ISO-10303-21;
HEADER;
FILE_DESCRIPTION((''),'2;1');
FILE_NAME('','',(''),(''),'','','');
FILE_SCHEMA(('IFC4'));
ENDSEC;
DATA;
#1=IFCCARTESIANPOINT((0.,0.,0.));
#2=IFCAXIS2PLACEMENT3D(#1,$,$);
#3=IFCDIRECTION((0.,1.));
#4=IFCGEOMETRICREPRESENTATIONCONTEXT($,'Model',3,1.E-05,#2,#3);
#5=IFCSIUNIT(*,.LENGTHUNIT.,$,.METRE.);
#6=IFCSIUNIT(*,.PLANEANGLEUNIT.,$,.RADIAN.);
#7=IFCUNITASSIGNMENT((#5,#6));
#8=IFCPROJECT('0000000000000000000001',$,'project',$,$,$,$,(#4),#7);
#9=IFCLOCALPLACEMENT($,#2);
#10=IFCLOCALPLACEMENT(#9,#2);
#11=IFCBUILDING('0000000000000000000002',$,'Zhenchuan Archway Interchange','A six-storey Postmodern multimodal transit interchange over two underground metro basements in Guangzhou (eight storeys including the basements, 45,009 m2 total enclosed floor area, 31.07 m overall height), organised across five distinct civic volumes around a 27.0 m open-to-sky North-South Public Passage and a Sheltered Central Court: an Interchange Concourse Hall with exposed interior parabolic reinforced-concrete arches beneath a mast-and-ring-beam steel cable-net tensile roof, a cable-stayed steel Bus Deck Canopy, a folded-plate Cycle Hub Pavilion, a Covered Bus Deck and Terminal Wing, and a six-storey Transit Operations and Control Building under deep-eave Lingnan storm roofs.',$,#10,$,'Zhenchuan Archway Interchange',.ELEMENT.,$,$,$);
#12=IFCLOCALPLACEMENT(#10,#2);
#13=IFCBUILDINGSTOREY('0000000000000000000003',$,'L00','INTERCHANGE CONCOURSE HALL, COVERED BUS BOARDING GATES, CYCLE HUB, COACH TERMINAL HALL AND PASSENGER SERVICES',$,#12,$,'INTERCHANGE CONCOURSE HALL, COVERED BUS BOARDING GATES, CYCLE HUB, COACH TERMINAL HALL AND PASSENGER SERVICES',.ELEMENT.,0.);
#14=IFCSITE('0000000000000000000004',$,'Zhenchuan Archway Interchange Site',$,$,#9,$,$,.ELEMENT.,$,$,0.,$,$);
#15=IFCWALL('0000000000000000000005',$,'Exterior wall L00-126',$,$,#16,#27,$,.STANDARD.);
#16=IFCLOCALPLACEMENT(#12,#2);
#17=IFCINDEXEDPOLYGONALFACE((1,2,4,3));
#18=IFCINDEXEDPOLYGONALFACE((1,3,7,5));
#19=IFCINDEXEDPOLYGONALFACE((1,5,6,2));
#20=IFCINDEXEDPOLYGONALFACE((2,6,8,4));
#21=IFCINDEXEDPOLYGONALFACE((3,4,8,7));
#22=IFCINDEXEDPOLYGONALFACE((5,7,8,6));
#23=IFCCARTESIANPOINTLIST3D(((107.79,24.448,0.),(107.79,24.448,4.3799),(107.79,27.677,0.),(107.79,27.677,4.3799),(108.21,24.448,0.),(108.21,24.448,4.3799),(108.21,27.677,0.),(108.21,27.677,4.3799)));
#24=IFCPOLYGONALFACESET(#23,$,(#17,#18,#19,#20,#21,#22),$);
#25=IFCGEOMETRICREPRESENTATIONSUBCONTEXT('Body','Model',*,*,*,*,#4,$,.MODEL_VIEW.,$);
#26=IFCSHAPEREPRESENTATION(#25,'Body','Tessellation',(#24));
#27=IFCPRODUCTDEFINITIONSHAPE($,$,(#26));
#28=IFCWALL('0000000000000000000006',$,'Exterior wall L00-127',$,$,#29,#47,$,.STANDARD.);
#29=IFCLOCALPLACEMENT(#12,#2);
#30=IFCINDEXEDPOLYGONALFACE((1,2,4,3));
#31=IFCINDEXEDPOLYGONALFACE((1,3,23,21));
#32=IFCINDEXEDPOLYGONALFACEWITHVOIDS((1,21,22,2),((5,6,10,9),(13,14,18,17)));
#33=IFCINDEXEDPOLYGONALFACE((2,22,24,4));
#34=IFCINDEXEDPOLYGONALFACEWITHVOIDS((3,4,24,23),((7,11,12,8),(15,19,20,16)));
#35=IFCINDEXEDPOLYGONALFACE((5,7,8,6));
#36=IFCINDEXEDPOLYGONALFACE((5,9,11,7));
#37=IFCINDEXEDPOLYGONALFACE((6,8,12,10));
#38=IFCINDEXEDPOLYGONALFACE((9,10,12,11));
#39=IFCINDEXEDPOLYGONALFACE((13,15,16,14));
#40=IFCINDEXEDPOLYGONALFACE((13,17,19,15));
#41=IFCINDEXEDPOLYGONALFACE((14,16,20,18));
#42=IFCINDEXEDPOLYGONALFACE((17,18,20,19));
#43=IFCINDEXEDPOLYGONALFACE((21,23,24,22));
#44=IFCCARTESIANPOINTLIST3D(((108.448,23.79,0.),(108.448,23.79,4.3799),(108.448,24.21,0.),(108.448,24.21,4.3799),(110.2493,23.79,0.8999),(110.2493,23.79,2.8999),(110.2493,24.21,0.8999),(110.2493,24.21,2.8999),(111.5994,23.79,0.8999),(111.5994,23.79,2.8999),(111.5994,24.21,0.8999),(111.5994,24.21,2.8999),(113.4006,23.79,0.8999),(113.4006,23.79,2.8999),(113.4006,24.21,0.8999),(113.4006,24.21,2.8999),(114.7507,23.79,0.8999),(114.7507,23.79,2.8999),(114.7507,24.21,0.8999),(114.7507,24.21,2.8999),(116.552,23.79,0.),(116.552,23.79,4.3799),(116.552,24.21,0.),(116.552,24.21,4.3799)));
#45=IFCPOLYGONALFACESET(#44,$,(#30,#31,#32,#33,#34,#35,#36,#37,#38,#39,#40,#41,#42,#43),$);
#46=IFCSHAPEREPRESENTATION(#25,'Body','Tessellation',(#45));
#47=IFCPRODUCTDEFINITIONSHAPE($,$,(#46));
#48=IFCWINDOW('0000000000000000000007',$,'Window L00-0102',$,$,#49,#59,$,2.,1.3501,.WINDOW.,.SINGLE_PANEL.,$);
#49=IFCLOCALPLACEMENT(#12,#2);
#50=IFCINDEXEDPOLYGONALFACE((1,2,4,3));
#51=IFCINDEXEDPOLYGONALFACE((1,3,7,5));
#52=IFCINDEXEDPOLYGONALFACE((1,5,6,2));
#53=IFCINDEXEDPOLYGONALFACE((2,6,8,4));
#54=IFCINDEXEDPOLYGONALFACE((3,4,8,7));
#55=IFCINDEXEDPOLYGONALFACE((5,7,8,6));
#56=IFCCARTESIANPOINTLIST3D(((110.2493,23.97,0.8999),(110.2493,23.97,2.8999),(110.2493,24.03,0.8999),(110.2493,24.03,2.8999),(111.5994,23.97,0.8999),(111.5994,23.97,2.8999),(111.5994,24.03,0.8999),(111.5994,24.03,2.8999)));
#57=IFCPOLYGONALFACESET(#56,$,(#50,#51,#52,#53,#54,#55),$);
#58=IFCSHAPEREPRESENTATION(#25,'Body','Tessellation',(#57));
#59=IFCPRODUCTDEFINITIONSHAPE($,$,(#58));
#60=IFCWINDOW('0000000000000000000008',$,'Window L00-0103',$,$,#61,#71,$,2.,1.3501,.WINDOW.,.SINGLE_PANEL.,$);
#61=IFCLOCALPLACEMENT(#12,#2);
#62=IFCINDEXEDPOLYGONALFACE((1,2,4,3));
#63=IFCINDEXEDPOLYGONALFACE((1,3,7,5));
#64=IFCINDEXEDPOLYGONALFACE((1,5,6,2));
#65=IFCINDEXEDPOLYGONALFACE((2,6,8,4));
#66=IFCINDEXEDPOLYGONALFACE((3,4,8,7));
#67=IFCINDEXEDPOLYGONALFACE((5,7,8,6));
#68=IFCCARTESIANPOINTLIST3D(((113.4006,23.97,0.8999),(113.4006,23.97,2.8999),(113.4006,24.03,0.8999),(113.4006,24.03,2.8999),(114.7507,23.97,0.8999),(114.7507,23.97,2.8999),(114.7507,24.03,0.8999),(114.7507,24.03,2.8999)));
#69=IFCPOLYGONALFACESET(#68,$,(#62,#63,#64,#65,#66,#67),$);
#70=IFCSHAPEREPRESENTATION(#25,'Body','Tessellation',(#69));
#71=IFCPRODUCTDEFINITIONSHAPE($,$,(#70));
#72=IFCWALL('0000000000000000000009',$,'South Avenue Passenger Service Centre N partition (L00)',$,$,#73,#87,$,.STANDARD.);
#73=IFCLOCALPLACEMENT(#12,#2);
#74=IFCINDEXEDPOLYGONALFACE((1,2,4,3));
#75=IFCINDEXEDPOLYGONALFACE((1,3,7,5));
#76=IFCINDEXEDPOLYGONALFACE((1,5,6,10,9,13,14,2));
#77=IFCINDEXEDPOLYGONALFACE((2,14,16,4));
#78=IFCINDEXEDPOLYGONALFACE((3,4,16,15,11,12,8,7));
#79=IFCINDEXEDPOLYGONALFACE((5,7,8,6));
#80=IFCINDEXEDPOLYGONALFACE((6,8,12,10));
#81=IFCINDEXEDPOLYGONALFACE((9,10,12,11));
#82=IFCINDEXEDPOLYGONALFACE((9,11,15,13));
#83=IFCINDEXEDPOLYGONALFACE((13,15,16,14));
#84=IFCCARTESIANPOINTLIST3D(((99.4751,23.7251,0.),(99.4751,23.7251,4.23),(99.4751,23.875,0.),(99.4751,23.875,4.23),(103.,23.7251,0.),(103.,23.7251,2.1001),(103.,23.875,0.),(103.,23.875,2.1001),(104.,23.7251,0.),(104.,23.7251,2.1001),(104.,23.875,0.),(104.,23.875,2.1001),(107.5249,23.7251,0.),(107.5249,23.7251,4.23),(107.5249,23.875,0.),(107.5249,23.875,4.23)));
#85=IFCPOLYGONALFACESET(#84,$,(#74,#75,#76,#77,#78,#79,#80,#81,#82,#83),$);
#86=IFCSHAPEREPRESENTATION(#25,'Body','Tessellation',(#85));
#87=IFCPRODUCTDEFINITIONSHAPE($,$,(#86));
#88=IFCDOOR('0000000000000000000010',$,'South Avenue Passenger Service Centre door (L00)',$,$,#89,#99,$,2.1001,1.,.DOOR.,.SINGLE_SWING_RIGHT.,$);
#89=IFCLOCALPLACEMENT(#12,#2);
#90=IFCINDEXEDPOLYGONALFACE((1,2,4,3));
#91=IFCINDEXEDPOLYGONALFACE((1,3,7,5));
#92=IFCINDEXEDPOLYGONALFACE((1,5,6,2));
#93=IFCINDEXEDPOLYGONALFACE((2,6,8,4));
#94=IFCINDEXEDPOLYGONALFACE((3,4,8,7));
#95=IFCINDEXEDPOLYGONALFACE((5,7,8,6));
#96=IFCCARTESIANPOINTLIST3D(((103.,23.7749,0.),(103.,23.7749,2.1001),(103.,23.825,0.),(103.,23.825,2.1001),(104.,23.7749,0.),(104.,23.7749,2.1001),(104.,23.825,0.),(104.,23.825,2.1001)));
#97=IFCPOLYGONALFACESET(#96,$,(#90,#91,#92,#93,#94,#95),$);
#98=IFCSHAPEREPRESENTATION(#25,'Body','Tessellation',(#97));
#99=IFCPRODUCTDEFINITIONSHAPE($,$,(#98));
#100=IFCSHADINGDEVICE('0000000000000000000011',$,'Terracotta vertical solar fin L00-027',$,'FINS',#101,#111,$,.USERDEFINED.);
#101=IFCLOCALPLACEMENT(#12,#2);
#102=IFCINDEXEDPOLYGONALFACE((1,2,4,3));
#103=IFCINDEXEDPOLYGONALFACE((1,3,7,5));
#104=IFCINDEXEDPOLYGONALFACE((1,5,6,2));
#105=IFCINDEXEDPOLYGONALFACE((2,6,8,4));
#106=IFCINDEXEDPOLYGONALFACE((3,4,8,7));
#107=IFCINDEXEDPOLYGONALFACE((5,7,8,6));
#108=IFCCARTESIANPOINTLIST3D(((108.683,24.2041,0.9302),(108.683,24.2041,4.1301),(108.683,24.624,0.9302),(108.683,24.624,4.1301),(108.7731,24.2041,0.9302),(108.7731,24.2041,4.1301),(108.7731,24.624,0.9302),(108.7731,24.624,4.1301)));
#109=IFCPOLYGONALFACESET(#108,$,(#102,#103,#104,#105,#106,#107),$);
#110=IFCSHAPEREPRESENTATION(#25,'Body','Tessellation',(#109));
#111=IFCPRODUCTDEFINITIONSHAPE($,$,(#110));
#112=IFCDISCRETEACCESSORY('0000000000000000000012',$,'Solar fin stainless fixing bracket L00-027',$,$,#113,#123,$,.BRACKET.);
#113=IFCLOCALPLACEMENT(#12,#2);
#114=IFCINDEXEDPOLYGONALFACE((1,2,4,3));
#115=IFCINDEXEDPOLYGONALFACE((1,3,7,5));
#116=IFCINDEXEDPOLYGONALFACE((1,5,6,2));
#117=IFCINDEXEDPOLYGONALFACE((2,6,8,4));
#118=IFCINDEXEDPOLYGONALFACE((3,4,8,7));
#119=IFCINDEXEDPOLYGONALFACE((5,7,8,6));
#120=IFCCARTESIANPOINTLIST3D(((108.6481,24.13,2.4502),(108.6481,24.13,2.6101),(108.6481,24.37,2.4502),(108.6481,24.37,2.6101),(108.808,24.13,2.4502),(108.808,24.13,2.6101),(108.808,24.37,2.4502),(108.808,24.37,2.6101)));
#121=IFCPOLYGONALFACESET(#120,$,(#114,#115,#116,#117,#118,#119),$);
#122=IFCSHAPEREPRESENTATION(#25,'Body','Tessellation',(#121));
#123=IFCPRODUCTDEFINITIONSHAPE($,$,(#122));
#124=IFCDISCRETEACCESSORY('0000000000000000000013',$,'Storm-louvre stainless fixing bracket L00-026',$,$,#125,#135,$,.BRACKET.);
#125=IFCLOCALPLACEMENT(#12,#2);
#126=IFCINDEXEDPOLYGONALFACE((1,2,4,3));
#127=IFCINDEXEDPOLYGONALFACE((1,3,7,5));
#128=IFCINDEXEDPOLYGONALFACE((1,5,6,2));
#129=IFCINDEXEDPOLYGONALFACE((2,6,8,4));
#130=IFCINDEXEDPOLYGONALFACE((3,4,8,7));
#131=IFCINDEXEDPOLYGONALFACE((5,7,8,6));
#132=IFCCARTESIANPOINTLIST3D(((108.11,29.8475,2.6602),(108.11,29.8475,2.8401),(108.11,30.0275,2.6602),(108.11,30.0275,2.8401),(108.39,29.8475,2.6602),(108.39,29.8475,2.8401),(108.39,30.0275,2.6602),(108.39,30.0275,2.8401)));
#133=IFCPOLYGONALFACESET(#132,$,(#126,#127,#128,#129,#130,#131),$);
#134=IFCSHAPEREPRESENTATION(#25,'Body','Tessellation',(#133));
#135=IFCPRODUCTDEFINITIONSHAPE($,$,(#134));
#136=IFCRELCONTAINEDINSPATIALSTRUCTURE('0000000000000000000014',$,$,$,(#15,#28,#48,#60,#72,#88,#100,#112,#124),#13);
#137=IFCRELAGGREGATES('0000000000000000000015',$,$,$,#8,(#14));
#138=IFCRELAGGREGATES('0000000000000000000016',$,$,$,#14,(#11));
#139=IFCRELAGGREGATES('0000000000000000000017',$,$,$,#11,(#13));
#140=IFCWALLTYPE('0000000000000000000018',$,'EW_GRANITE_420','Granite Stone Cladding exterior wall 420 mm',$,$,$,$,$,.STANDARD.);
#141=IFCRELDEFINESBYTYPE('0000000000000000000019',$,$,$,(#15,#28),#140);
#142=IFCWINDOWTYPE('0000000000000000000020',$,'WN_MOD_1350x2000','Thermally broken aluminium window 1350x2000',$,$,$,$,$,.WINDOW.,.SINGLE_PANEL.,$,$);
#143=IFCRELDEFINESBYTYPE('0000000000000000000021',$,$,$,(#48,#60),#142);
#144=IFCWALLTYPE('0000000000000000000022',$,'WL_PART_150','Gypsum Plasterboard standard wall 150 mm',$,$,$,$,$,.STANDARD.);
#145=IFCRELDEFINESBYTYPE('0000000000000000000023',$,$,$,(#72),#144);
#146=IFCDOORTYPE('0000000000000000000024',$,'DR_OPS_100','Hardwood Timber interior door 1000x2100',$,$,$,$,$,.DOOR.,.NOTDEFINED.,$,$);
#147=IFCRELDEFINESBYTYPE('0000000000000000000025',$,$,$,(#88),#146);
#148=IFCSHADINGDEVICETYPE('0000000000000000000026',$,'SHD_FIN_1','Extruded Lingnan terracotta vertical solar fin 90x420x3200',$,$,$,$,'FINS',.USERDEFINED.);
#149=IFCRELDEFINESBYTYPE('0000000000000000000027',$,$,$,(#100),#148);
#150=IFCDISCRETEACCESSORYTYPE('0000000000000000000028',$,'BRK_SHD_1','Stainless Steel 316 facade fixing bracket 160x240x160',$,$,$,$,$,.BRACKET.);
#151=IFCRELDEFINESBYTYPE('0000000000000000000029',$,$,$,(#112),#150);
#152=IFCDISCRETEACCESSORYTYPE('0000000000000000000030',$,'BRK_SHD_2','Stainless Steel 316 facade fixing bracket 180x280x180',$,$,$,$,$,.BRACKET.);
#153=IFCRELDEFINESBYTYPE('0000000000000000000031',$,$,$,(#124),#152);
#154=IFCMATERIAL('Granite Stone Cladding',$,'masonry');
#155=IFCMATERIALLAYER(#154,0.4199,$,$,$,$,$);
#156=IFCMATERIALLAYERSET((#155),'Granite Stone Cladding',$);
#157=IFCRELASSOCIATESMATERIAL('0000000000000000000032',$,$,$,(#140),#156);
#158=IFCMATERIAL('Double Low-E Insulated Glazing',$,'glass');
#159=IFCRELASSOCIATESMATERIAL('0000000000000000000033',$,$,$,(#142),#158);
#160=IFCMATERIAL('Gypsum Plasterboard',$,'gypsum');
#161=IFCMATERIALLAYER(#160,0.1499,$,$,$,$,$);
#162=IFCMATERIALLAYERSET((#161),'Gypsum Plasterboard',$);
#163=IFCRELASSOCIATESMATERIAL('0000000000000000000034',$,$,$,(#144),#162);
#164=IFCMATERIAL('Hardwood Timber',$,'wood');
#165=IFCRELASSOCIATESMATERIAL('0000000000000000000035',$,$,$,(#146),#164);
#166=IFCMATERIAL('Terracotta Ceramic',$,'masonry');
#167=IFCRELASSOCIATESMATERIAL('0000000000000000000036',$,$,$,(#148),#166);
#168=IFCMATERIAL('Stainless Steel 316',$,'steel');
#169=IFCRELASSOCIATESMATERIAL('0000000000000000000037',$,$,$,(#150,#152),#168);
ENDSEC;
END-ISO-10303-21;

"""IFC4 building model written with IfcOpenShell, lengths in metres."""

from ifc_helpers import new_model, si_unit, direction, frame, frame_2d, origin, origin_2d, place, context, subcontext, project, spatial, rectangle, extrude, material, layer, layer_set, type_object, element, fill, save


model = new_model("IFC4")

# Units and contexts
model_context = context("Model", 3, precision=1e-05, world=origin(), true_north=direction((0.0, 1.0)))
body_context = subcontext(model_context, "Body", "Model", "MODEL_VIEW")
ifc_project = project(units=[si_unit("LENGTHUNIT", "METRE"), si_unit("PLANEANGLEUNIT", "RADIAN")], contexts=[model_context])

# Site, building, storey
site_placement = place(None, origin())
site = spatial("IfcSite", under=ifc_project, at=site_placement, Name="Zhenchuan Archway Interchange Site", CompositionType="ELEMENT", RefElevation=0.0)
building_placement = place(site_placement, origin())
building = spatial("IfcBuilding", under=site, at=building_placement, Name="Zhenchuan Archway Interchange", Description="A six-storey Postmodern multimodal transit interchange over two underground metro basements in Guangzhou (eight storeys including the basements, 45,009 m2 total enclosed floor area, 31.07 m overall height), organised across five distinct civic volumes around a 27.0 m open-to-sky North-South Public Passage and a Sheltered Central Court: an Interchange Concourse Hall with exposed interior parabolic reinforced-concrete arches beneath a mast-and-ring-beam steel cable-net tensile roof, a cable-stayed steel Bus Deck Canopy, a folded-plate Cycle Hub Pavilion, a Covered Bus Deck and Terminal Wing, and a six-storey Transit Operations and Control Building under deep-eave Lingnan storm roofs.", LongName="Zhenchuan Archway Interchange", CompositionType="ELEMENT")
storey_placement = place(building_placement, origin())
storey = spatial("IfcBuildingStorey", under=building, at=storey_placement, Name="L00", Description="INTERCHANGE CONCOURSE HALL, COVERED BUS BOARDING GATES, CYCLE HUB, COACH TERMINAL HALL AND PASSENGER SERVICES", LongName="INTERCHANGE CONCOURSE HALL, COVERED BUS BOARDING GATES, CYCLE HUB, COACH TERMINAL HALL AND PASSENGER SERVICES", CompositionType="ELEMENT", Elevation=0.0)

# Wall
ifc_material_1 = material(Name="Granite Stone Cladding", Category="masonry")
ifc_layer_1 = layer(ifc_material_1, 0.4199)
ifc_layer_set_1 = layer_set([ifc_layer_1], Name="Granite Stone Cladding")
wall_type_1 = type_object("IfcWallType", Name="EW_GRANITE_420", Description="Granite Stone Cladding exterior wall 420 mm", PredefinedType="STANDARD", material=ifc_layer_set_1)
wall_1_placement = place(storey_placement, frame((108.0, 27.677, 0.0), z_axis=(0.0, 0.0, 1.0), x_axis=(0.0, -1.0, 0.0)))
element("IfcWall", 1, at=wall_1_placement, inside=storey, type_object=wall_type_1, Name="Exterior wall L00-126", PredefinedType="STANDARD", context=body_context, shape_type="SweptSolid", body=[
    extrude(rectangle(XDim=3.229, YDim=0.4199, at=frame_2d((1.6145, 0.0))), origin(), (0.0, 0.0, 1.0), 4.3799),
])

# Wall, openings, windows
wall_2_placement = place(storey_placement, frame((108.448, 24.0, 0.0), z_axis=(0.0, 0.0, 1.0), x_axis=(1.0, 0.0, 0.0)))
wall_2 = element("IfcWall", 2, at=wall_2_placement, inside=storey, type_object=wall_type_1, Name="Exterior wall L00-127", PredefinedType="STANDARD", context=body_context, shape_type="SweptSolid", body=[
    extrude(rectangle(XDim=8.104, YDim=0.4199, at=frame_2d((4.052, 0.0))), origin(), (0.0, 0.0, 1.0), 4.3799),
])
opening_1_placement = place(wall_2_placement, frame((1.8013, 0.0, 0.8999)))
opening_1 = element("IfcOpeningElement", 3, at=opening_1_placement, cuts=wall_2, PredefinedType="OPENING", context=body_context, shape_type="SweptSolid", body=[
    extrude(rectangle(XDim=1.3501, YDim=2.0, at=frame_2d((0.675, 1.0))), frame((0.0, 0.2219, 0.0), z_axis=(0.0, -1.0, 0.0), x_axis=(1.0, 0.0, 0.0)), (0.0, 0.0, 1.0), 0.4438),
])
opening_2_placement = place(wall_2_placement, frame((4.9526, 0.0, 0.8999)))
opening_2 = element("IfcOpeningElement", 4, at=opening_2_placement, cuts=wall_2, PredefinedType="OPENING", context=body_context, shape_type="SweptSolid", body=[
    extrude(rectangle(XDim=1.3501, YDim=2.0, at=frame_2d((0.675, 1.0))), frame((0.0, 0.2219, 0.0), z_axis=(0.0, -1.0, 0.0), x_axis=(1.0, 0.0, 0.0)), (0.0, 0.0, 1.0), 0.4438),
])
ifc_material_2 = material(Name="Double Low-E Insulated Glazing", Category="glass")
window_type = type_object("IfcWindowType", Name="WN_MOD_1350x2000", Description="Thermally broken aluminium window 1350x2000", PartitioningType="SINGLE_PANEL", PredefinedType="WINDOW", material=ifc_material_2)
window_1_placement = place(opening_1_placement, origin())
window_1 = element("IfcWindow", 5, at=window_1_placement, inside=storey, type_object=window_type, Name="Window L00-0102", OverallHeight=2.0, OverallWidth=1.3501, PartitioningType="SINGLE_PANEL", PredefinedType="WINDOW", context=body_context, shape_type="SweptSolid", body=[
    extrude(rectangle(XDim=1.3501, YDim=2.0, at=frame_2d((0.675, 1.0))), frame((0.0, 0.03, 0.0), z_axis=(0.0, -1.0, 0.0), x_axis=(1.0, 0.0, 0.0)), (0.0, 0.0, 1.0), 0.0601),
])
fill(opening_1, window_1)
window_2_placement = place(opening_2_placement, origin())
window_2 = element("IfcWindow", 6, at=window_2_placement, inside=storey, type_object=window_type, Name="Window L00-0103", OverallHeight=2.0, OverallWidth=1.3501, PartitioningType="SINGLE_PANEL", PredefinedType="WINDOW", context=body_context, shape_type="SweptSolid", body=[
    extrude(rectangle(XDim=1.3501, YDim=2.0, at=frame_2d((0.675, 1.0))), frame((0.0, 0.03, 0.0), z_axis=(0.0, -1.0, 0.0), x_axis=(1.0, 0.0, 0.0)), (0.0, 0.0, 1.0), 0.0601),
])
fill(opening_2, window_2)

# Wall, opening, door
ifc_material_3 = material(Name="Gypsum Plasterboard", Category="gypsum")
ifc_layer_2 = layer(ifc_material_3, 0.1499)
ifc_layer_set_2 = layer_set([ifc_layer_2], Name="Gypsum Plasterboard")
wall_type_2 = type_object("IfcWallType", Name="WL_PART_150", Description="Gypsum Plasterboard standard wall 150 mm", PredefinedType="STANDARD", material=ifc_layer_set_2)
wall_3_placement = place(storey_placement, frame((99.4751, 23.8, 0.0), z_axis=(0.0, 0.0, 1.0), x_axis=(1.0, 0.0, 0.0)))
wall_3 = element("IfcWall", 7, at=wall_3_placement, inside=storey, type_object=wall_type_2, Name="South Avenue Passenger Service Centre N partition (L00)", PredefinedType="STANDARD", context=body_context, shape_type="SweptSolid", body=[
    extrude(rectangle(XDim=8.0498, YDim=0.1499, at=frame_2d((4.0249, 0.0))), origin(), (0.0, 0.0, 1.0), 4.23),
])
opening_3_placement = place(wall_3_placement, frame((3.5249, 0.0, 0.0)))
opening_3 = element("IfcOpeningElement", 8, at=opening_3_placement, cuts=wall_3, PredefinedType="OPENING", context=body_context, shape_type="SweptSolid", body=[
    extrude(rectangle(XDim=1.0, YDim=2.1001, at=frame_2d((0.5, 1.05))), frame((0.0, 0.0869, 0.0), z_axis=(0.0, -1.0, 0.0), x_axis=(1.0, 0.0, 0.0)), (0.0, 0.0, 1.0), 0.1738),
])
ifc_material_4 = material(Name="Hardwood Timber", Category="wood")
door_type = type_object("IfcDoorType", Name="DR_OPS_100", Description="Hardwood Timber interior door 1000x2100", OperationType="NOTDEFINED", PredefinedType="DOOR", material=ifc_material_4)
door_placement = place(opening_3_placement, origin())
door = element("IfcDoor", 9, at=door_placement, inside=storey, type_object=door_type, Name="South Avenue Passenger Service Centre door (L00)", OperationType="SINGLE_SWING_RIGHT", OverallHeight=2.1001, OverallWidth=1.0, PredefinedType="DOOR", context=body_context, shape_type="SweptSolid", body=[
    extrude(rectangle(XDim=1.0, YDim=2.1001, at=frame_2d((0.5, 1.05))), frame((0.0, 0.0249, 0.0), z_axis=(0.0, -1.0, 0.0), x_axis=(1.0, 0.0, 0.0)), (0.0, 0.0, 1.0), 0.05),
])
fill(opening_3, door)

# Shading device
ifc_material_5 = material(Name="Terracotta Ceramic", Category="masonry")
shading_device_type = type_object("IfcShadingDeviceType", Name="SHD_FIN_1", Description="Extruded Lingnan terracotta vertical solar fin 90x420x3200", ElementType="FINS", PredefinedType="USERDEFINED", material=ifc_material_5)
shading_device_placement = place(storey_placement, frame((108.728, 24.4141, 0.9302), z_axis=(0.0, 0.0, 1.0), x_axis=(1.0, 0.0, 0.0)))
element("IfcShadingDevice", 10, at=shading_device_placement, inside=storey, type_object=shading_device_type, Name="Terracotta vertical solar fin L00-027", ObjectType="FINS", PredefinedType="USERDEFINED", context=body_context, shape_type="SweptSolid", body=[
    extrude(rectangle(XDim=0.0901, YDim=0.4199, at=origin_2d()), origin(), (0.0, 0.0, 1.0), 3.2),
])

# Discrete accessories
ifc_material_6 = material(Name="Stainless Steel 316", Category="steel")
discrete_accessory_type_1 = type_object("IfcDiscreteAccessoryType", Name="BRK_SHD_1", Description="Stainless Steel 316 facade fixing bracket 160x240x160", PredefinedType="BRACKET", material=ifc_material_6)
discrete_accessory_1_placement = place(storey_placement, frame((108.728, 24.25, 2.4502), z_axis=(0.0, 0.0, 1.0), x_axis=(1.0, 0.0, 0.0)))
element("IfcDiscreteAccessory", 11, at=discrete_accessory_1_placement, inside=storey, type_object=discrete_accessory_type_1, Name="Solar fin stainless fixing bracket L00-027", PredefinedType="BRACKET", context=body_context, shape_type="SweptSolid", body=[
    extrude(rectangle(XDim=0.1599, YDim=0.24, at=origin_2d()), origin(), (0.0, 0.0, 1.0), 0.1599),
])
discrete_accessory_type_2 = type_object("IfcDiscreteAccessoryType", Name="BRK_SHD_2", Description="Stainless Steel 316 facade fixing bracket 180x280x180", PredefinedType="BRACKET", material=ifc_material_6)
discrete_accessory_2_placement = place(storey_placement, frame((108.25, 29.9375, 2.6602), z_axis=(0.0, 0.0, 1.0), x_axis=(0.0, -1.0, 0.0)))
element("IfcDiscreteAccessory", 12, at=discrete_accessory_2_placement, inside=storey, type_object=discrete_accessory_type_2, Name="Storm-louvre stainless fixing bracket L00-026", PredefinedType="BRACKET", context=body_context, shape_type="SweptSolid", body=[
    extrude(rectangle(XDim=0.1799, YDim=0.28, at=origin_2d()), origin(), (0.0, 0.0, 1.0), 0.1799),
])

save(model, "model.ifc")
